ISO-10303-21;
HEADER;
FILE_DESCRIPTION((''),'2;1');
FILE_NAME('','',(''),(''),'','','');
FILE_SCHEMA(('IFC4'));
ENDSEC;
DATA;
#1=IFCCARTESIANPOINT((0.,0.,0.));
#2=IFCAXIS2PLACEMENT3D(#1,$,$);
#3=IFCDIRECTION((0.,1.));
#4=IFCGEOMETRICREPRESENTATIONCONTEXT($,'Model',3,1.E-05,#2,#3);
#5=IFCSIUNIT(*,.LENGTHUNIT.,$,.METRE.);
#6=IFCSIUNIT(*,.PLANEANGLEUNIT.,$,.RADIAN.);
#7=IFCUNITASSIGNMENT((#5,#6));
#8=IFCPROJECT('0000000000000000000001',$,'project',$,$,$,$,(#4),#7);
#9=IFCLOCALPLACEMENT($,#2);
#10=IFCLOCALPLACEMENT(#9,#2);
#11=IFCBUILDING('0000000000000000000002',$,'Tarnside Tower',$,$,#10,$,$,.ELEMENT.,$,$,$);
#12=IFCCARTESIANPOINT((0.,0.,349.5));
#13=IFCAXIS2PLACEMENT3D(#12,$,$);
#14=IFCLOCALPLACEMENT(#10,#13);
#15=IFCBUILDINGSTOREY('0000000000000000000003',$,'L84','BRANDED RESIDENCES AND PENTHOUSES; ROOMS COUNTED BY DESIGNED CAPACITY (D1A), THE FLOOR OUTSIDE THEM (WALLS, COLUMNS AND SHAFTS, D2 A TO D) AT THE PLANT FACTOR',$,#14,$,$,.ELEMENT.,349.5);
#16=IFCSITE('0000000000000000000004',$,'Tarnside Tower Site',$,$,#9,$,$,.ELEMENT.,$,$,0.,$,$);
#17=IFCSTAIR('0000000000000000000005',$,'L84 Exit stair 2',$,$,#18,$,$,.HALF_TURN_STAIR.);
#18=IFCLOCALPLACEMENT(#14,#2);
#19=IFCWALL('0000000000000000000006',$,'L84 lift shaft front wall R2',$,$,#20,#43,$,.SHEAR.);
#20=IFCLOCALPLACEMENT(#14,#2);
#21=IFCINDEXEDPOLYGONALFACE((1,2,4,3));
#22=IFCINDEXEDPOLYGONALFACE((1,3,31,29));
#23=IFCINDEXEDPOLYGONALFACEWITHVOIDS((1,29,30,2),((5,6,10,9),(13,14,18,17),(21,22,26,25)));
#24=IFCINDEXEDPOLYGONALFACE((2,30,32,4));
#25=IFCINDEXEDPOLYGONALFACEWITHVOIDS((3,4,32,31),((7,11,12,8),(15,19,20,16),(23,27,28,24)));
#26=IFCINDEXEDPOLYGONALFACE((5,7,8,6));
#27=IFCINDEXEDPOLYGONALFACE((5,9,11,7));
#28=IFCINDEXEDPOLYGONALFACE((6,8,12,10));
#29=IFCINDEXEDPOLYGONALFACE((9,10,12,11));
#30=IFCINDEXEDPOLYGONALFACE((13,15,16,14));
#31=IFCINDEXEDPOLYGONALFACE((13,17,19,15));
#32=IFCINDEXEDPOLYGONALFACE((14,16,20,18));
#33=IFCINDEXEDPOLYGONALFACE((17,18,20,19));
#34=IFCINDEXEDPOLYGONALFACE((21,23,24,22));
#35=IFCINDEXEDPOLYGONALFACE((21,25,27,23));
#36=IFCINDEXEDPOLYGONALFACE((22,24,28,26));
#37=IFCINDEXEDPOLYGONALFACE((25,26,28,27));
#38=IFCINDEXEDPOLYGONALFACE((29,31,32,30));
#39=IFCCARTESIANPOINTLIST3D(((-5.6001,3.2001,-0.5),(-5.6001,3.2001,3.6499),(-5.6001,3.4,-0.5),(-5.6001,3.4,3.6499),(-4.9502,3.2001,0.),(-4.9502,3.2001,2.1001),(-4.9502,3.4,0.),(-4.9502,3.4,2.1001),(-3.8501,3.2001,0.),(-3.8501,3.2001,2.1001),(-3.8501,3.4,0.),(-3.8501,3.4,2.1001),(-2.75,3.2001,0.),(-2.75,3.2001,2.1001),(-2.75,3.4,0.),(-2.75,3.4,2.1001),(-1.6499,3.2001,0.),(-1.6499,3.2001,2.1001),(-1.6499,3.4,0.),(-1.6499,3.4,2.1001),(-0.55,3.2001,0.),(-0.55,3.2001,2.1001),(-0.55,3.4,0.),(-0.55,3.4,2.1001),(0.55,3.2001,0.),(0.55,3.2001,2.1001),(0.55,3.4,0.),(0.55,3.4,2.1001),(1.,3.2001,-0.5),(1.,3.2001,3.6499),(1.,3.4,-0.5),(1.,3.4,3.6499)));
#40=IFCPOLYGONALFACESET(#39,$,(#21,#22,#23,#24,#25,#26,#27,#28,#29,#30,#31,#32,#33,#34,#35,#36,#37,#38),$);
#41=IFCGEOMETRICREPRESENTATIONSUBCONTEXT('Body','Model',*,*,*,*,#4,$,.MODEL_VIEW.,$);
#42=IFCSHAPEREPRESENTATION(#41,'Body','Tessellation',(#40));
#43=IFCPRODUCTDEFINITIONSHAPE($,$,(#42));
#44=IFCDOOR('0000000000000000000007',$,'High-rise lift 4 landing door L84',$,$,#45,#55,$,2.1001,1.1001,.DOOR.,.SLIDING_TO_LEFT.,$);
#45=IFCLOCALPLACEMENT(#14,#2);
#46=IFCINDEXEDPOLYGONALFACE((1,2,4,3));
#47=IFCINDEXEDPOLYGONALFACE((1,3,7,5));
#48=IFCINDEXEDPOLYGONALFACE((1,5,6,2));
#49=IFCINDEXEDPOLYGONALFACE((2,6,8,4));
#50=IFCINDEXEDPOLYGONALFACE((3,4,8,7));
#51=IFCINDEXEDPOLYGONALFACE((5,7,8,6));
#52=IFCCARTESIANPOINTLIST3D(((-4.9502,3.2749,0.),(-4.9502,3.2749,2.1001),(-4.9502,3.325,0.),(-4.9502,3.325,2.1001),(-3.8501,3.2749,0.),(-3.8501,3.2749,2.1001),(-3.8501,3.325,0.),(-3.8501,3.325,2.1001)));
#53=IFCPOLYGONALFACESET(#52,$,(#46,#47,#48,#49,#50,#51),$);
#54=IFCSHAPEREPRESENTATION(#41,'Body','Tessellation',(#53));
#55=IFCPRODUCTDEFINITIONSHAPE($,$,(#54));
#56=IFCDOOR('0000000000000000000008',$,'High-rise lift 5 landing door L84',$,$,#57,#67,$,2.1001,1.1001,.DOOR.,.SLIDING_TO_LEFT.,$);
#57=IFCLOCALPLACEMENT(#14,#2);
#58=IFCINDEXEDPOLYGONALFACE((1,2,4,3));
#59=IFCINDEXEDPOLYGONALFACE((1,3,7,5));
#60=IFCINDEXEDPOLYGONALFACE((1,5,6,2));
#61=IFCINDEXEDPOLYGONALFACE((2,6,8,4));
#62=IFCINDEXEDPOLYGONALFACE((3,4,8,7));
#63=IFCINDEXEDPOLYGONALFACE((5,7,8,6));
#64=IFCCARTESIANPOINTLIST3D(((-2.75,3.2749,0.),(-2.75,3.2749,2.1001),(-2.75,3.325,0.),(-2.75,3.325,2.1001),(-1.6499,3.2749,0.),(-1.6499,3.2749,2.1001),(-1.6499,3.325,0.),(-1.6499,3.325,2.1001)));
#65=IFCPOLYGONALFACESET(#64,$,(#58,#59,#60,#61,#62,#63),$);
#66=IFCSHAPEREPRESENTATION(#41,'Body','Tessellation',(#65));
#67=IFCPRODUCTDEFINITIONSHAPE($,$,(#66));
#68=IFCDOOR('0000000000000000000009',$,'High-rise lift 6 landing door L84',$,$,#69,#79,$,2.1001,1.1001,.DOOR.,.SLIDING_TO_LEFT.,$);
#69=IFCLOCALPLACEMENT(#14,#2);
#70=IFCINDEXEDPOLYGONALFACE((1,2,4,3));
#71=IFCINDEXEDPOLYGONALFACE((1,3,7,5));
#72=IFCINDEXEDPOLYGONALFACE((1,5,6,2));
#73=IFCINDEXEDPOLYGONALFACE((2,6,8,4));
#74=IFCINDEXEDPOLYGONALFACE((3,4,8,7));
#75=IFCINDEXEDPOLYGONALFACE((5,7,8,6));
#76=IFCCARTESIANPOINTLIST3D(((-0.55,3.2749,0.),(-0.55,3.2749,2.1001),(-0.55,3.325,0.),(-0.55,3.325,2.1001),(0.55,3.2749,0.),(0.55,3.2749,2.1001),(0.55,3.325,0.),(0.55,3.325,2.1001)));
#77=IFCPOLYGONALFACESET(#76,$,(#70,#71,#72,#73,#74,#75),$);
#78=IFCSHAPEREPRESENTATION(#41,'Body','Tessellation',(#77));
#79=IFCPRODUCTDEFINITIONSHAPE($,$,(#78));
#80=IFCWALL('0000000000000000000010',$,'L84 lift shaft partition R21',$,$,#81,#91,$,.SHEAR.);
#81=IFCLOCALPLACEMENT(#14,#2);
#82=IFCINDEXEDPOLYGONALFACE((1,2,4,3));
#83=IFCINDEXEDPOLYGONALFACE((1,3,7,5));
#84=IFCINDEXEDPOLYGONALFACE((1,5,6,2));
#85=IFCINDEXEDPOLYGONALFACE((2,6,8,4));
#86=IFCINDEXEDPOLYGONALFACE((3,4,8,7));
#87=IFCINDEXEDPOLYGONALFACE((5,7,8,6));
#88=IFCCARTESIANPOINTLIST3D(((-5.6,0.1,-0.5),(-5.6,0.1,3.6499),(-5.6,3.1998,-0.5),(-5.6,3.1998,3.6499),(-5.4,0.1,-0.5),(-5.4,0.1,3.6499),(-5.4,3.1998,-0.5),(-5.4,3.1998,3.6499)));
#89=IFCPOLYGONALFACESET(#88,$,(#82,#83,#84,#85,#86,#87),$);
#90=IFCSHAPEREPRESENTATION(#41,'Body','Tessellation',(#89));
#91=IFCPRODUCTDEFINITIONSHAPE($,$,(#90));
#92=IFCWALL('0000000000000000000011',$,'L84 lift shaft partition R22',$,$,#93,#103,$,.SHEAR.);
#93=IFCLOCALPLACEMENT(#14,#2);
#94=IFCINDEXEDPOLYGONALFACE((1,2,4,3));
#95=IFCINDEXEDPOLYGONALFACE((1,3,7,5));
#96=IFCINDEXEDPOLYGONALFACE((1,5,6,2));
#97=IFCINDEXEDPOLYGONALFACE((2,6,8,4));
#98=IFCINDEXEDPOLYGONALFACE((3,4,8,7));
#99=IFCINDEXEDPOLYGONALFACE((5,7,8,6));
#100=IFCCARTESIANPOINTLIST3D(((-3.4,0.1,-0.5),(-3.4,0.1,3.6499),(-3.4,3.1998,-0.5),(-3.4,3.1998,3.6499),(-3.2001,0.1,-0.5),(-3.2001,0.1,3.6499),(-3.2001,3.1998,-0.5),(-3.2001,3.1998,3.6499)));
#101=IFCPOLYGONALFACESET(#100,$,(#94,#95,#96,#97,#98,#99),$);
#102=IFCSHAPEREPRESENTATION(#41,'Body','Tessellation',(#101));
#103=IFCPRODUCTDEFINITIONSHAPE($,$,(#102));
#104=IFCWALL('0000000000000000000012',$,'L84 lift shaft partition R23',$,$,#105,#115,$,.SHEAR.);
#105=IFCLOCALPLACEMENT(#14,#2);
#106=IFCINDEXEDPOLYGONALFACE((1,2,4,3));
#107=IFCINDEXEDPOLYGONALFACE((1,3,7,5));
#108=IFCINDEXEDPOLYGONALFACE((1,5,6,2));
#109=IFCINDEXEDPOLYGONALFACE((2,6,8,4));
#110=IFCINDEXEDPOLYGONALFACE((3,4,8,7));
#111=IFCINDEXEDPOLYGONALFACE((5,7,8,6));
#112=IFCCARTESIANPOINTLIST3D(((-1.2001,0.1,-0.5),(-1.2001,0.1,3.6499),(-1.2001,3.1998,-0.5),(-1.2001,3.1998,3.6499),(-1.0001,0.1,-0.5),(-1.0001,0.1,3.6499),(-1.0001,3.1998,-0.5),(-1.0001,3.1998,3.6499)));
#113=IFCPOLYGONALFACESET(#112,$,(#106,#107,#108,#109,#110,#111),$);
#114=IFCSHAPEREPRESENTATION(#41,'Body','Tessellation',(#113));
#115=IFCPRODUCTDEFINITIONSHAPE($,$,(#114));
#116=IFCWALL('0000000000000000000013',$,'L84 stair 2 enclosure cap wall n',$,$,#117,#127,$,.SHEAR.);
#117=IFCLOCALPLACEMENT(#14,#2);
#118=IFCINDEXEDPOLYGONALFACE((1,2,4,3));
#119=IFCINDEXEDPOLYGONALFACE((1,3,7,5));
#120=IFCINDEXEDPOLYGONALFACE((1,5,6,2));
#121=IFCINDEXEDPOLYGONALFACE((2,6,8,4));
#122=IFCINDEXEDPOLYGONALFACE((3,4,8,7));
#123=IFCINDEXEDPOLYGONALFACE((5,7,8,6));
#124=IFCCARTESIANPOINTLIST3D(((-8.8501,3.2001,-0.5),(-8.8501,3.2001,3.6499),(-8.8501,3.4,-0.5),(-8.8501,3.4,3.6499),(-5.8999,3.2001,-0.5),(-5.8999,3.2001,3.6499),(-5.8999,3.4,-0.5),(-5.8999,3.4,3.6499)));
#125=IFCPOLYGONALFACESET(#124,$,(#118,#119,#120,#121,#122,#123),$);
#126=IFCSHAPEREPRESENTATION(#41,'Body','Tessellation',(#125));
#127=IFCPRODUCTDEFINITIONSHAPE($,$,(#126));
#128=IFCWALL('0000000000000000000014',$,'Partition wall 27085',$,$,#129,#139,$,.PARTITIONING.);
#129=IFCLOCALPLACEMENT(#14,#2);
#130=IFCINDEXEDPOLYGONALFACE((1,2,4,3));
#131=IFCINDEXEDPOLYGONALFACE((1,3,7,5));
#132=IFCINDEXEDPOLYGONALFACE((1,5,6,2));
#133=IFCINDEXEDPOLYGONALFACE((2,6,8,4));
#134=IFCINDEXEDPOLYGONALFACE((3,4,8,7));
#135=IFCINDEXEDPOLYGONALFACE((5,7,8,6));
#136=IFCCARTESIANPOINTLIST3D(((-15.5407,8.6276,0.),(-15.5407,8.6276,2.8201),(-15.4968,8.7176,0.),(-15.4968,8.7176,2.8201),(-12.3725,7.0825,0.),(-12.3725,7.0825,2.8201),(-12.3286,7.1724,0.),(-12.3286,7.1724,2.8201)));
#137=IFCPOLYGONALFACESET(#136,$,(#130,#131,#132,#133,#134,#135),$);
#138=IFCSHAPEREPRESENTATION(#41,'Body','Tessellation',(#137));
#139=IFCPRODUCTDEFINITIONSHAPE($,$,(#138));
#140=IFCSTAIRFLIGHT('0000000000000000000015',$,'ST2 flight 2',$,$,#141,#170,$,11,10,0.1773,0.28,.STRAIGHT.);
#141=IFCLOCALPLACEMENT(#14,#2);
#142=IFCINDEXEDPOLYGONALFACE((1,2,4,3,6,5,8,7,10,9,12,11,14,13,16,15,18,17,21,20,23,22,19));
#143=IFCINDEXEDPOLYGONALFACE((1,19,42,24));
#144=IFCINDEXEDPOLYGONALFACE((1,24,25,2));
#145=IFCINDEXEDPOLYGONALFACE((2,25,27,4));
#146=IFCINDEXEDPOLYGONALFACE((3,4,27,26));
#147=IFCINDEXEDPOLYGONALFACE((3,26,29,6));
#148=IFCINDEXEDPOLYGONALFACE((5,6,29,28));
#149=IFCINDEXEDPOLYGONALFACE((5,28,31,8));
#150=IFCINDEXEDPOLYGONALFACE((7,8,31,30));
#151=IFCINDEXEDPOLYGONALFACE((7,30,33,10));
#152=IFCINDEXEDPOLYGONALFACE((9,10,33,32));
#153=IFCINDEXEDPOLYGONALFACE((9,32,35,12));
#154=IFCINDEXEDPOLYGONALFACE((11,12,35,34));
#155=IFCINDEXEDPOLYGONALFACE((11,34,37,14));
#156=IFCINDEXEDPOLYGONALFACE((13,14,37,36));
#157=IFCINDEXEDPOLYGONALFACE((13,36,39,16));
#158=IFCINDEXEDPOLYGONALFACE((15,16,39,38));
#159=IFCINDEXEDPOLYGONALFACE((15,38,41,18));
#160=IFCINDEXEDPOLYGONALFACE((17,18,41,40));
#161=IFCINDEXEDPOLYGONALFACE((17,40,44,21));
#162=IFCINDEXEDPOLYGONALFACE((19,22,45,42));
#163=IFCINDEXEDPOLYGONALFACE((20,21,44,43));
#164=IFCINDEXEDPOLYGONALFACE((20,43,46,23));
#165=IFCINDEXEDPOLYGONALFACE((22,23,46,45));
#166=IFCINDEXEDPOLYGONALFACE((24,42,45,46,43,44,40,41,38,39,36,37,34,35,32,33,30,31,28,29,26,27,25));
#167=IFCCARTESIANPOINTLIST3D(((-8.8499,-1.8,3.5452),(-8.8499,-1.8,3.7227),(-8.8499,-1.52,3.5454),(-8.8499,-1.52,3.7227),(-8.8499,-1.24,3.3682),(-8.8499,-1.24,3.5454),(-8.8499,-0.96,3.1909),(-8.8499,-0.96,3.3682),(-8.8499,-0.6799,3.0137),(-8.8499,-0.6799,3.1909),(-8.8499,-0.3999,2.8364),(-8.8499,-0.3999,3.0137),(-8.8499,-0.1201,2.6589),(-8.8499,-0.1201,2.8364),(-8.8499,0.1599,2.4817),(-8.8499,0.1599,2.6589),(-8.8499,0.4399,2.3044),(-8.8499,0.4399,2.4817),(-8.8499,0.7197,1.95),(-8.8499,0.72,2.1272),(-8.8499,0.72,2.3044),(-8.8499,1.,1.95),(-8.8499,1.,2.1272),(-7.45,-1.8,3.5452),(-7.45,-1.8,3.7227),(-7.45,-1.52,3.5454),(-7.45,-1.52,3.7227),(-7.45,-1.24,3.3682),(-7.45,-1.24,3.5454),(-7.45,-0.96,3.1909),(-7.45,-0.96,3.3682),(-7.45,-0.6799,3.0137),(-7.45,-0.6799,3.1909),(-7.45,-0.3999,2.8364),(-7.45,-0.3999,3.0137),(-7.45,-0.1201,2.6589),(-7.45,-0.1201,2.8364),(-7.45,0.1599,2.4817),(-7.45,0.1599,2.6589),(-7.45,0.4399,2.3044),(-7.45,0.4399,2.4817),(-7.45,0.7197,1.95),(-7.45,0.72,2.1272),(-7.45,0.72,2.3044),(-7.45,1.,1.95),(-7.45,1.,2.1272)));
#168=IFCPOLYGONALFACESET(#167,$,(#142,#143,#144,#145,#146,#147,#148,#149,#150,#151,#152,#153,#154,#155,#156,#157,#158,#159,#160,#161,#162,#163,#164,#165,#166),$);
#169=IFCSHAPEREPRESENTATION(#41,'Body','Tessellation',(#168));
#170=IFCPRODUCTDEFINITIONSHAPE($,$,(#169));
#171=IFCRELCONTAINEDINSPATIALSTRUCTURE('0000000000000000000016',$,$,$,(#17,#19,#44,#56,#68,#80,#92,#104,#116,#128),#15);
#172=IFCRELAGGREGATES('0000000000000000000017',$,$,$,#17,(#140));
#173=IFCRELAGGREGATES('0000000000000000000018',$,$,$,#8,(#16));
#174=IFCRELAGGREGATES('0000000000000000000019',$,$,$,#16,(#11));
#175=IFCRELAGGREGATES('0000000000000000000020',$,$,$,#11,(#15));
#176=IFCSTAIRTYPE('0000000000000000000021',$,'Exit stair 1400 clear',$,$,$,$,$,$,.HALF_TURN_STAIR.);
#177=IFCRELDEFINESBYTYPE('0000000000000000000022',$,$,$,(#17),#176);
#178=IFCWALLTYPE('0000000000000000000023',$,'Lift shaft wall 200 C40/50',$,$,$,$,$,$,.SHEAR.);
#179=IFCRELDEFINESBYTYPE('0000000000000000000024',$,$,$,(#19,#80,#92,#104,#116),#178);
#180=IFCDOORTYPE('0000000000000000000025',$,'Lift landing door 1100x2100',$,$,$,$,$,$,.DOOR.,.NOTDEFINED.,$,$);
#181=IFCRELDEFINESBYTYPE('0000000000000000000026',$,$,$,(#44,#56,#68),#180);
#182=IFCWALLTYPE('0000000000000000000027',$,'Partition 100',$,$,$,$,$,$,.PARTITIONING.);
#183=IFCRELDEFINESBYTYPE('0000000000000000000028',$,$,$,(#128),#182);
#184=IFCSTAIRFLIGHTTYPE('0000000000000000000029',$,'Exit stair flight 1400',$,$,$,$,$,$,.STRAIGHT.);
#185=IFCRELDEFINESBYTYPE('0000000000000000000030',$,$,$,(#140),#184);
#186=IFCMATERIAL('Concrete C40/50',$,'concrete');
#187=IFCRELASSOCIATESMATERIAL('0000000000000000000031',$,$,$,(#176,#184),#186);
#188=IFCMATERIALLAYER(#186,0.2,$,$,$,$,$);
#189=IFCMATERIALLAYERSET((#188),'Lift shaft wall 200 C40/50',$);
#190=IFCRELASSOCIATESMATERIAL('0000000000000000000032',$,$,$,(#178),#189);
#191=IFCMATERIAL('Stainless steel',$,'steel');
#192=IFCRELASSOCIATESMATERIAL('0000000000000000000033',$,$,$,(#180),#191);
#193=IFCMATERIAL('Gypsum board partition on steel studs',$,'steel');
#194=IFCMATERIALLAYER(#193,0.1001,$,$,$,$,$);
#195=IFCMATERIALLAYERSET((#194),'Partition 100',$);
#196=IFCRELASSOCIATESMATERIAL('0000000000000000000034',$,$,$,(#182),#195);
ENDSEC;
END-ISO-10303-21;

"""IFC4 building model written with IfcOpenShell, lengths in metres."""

from ifc_helpers import new_model, si_unit, direction, frame, frame_2d, origin, place, context, subcontext, project, spatial, polyline, rectangle, outline, extrude, material, layer, layer_set, type_object, element, fill, aggregate, save


model = new_model("IFC4")

# Units and contexts
model_context = context("Model", 3, precision=1e-05, world=origin(), true_north=direction((0.0, 1.0)))
body_context = subcontext(model_context, "Body", "Model", "MODEL_VIEW")
ifc_project = project(units=[si_unit("LENGTHUNIT", "METRE"), si_unit("PLANEANGLEUNIT", "RADIAN")], contexts=[model_context])

# Site, building, storey
site_placement = place(None, origin())
site = spatial("IfcSite", under=ifc_project, at=site_placement, Name="Tarnside Tower Site", CompositionType="ELEMENT", RefElevation=0.0)
building_placement = place(site_placement, origin())
building = spatial("IfcBuilding", under=site, at=building_placement, Name="Tarnside Tower", CompositionType="ELEMENT")
storey_placement = place(building_placement, frame((0.0, 0.0, 349.5)))
storey = spatial("IfcBuildingStorey", under=building, at=storey_placement, Name="L84", Description="BRANDED RESIDENCES AND PENTHOUSES; ROOMS COUNTED BY DESIGNED CAPACITY (D1A), THE FLOOR OUTSIDE THEM (WALLS, COLUMNS AND SHAFTS, D2 A TO D) AT THE PLANT FACTOR", CompositionType="ELEMENT", Elevation=349.5)

# Stair
ifc_material_1 = material(Name="Concrete C40/50", Category="concrete")
stair_type = type_object("IfcStairType", Name="Exit stair 1400 clear", PredefinedType="HALF_TURN_STAIR", material=ifc_material_1)
stair_1_placement = place(storey_placement, origin())
stair_1 = element("IfcStair", 1, at=stair_1_placement, inside=storey, type_object=stair_type, Name="L84 Exit stair 2", PredefinedType="HALF_TURN_STAIR")

# Shared definitions
ifc_material_2 = material(Name="Gypsum board partition on steel studs", Category="steel")

# Shared definitions
ifc_layer_1 = layer(ifc_material_1, 0.2)
ifc_layer_set_1 = layer_set([ifc_layer_1], Name="Lift shaft wall 200 C40/50")
wall_type_1 = type_object("IfcWallType", Name="Lift shaft wall 200 C40/50", PredefinedType="SHEAR", material=ifc_layer_set_1)
ifc_material_3 = material(Name="Stainless steel", Category="steel")
door_type_1 = type_object("IfcDoorType", Name="Lift landing door 1100x2100", OperationType="NOTDEFINED", PredefinedType="DOOR", material=ifc_material_3)

# Wall, openings, doors
wall_1_placement = place(storey_placement, frame((-5.6001, 3.3, -0.5), z_axis=(0.0, 0.0, 1.0), x_axis=(1.0, 0.0, 0.0)))
wall_1 = element("IfcWall", 2, at=wall_1_placement, inside=storey, type_object=wall_type_1, Name="L84 lift shaft front wall R2", PredefinedType="SHEAR", context=body_context, shape_type="SweptSolid", body=[
    extrude(rectangle(XDim=6.6001, YDim=0.2, at=frame_2d((3.3, 0.0))), origin(), (0.0, 0.0, 1.0), 4.1499),
])
opening_1_placement = place(wall_1_placement, frame((0.6499, 0.0, 0.5)))
opening_1 = element("IfcOpeningElement", 3, at=opening_1_placement, cuts=wall_1, PredefinedType="OPENING", context=body_context, shape_type="SweptSolid", body=[
    extrude(rectangle(XDim=1.1001, YDim=2.1001, at=frame_2d((0.55, 1.05))), frame((0.0, 0.1099, 0.0), z_axis=(0.0, -1.0, 0.0), x_axis=(1.0, 0.0, 0.0)), (0.0, 0.0, 1.0), 0.22),
])
opening_2_placement = place(wall_1_placement, frame((2.8501, 0.0, 0.5)))
opening_2 = element("IfcOpeningElement", 4, at=opening_2_placement, cuts=wall_1, PredefinedType="OPENING", context=body_context, shape_type="SweptSolid", body=[
    extrude(rectangle(XDim=1.1001, YDim=2.1001, at=frame_2d((0.55, 1.05))), frame((0.0, 0.1099, 0.0), z_axis=(0.0, -1.0, 0.0), x_axis=(1.0, 0.0, 0.0)), (0.0, 0.0, 1.0), 0.22),
])
opening_3_placement = place(wall_1_placement, frame((5.05, 0.0, 0.5)))
opening_3 = element("IfcOpeningElement", 5, at=opening_3_placement, cuts=wall_1, PredefinedType="OPENING", context=body_context, shape_type="SweptSolid", body=[
    extrude(rectangle(XDim=1.1001, YDim=2.1001, at=frame_2d((0.55, 1.05))), frame((0.0, 0.1099, 0.0), z_axis=(0.0, -1.0, 0.0), x_axis=(1.0, 0.0, 0.0)), (0.0, 0.0, 1.0), 0.22),
])
door_1_placement = place(opening_1_placement, origin())
door_1 = element("IfcDoor", 6, at=door_1_placement, inside=storey, type_object=door_type_1, Name="High-rise lift 4 landing door L84", OperationType="SLIDING_TO_LEFT", OverallHeight=2.1001, OverallWidth=1.1001, PredefinedType="DOOR", context=body_context, shape_type="SweptSolid", body=[
    extrude(rectangle(XDim=1.1001, YDim=2.1001, at=frame_2d((0.55, 1.05))), frame((0.0, 0.0249, 0.0), z_axis=(0.0, -1.0, 0.0), x_axis=(1.0, 0.0, 0.0)), (0.0, 0.0, 1.0), 0.05),
])
fill(opening_1, door_1)
door_2_placement = place(opening_2_placement, origin())
door_2 = element("IfcDoor", 7, at=door_2_placement, inside=storey, type_object=door_type_1, Name="High-rise lift 5 landing door L84", OperationType="SLIDING_TO_LEFT", OverallHeight=2.1001, OverallWidth=1.1001, PredefinedType="DOOR", context=body_context, shape_type="SweptSolid", body=[
    extrude(rectangle(XDim=1.1001, YDim=2.1001, at=frame_2d((0.55, 1.05))), frame((0.0, 0.0249, 0.0), z_axis=(0.0, -1.0, 0.0), x_axis=(1.0, 0.0, 0.0)), (0.0, 0.0, 1.0), 0.05),
])
fill(opening_2, door_2)
door_3_placement = place(opening_3_placement, origin())
door_3 = element("IfcDoor", 8, at=door_3_placement, inside=storey, type_object=door_type_1, Name="High-rise lift 6 landing door L84", OperationType="SLIDING_TO_LEFT", OverallHeight=2.1001, OverallWidth=1.1001, PredefinedType="DOOR", context=body_context, shape_type="SweptSolid", body=[
    extrude(rectangle(XDim=1.1001, YDim=2.1001, at=frame_2d((0.55, 1.05))), frame((0.0, 0.0249, 0.0), z_axis=(0.0, -1.0, 0.0), x_axis=(1.0, 0.0, 0.0)), (0.0, 0.0, 1.0), 0.05),
])
fill(opening_3, door_3)

# Walls
for number, where, z_axis, x_axis, name in (
    (9, (-5.5, 0.1001, -0.5), (0.0, 0.0, 1.0), (0.0, 1.0, 0.0), "L84 lift shaft partition R21"),
    (10, (-3.3, 0.1001, -0.5), (0.0, 0.0, 1.0), (0.0, 1.0, 0.0), "L84 lift shaft partition R22"),
    (11, (-1.1001, 0.1001, -0.5), (0.0, 0.0, 1.0), (0.0, 1.0, 0.0), "L84 lift shaft partition R23"),
):
    element("IfcWall", number, at=place(storey_placement, frame(where, z_axis=z_axis, x_axis=x_axis)), inside=storey, type_object=wall_type_1, Name=name, PredefinedType="SHEAR", context=body_context, shape_type="SweptSolid", body=[
        extrude(rectangle(XDim=3.0999, YDim=0.2, at=frame_2d((1.5498, 0.0))), origin(), (0.0, 0.0, 1.0), 4.1499),
    ])
wall_2_placement = place(storey_placement, frame((-8.8501, 3.3, -0.5), z_axis=(0.0, 0.0, 1.0), x_axis=(1.0, 0.0, 0.0)))
element("IfcWall", 12, at=wall_2_placement, inside=storey, type_object=wall_type_1, Name="L84 stair 2 enclosure cap wall n", PredefinedType="SHEAR", context=body_context, shape_type="SweptSolid", body=[
    extrude(rectangle(XDim=2.9502, YDim=0.2, at=frame_2d((1.4751, 0.0))), origin(), (0.0, 0.0, 1.0), 4.1499),
])
ifc_layer_2 = layer(ifc_material_2, 0.1001)
ifc_layer_set_2 = layer_set([ifc_layer_2], Name="Partition 100")
wall_type_2 = type_object("IfcWallType", Name="Partition 100", PredefinedType="PARTITIONING", material=ifc_layer_set_2)
wall_3_placement = place(storey_placement, frame((-12.3506, 7.1274, 0.0), z_axis=(0.0, 0.0, 1.0), x_axis=(-0.898802, 0.438354, 0.0)))
element("IfcWall", 13, at=wall_3_placement, inside=storey, type_object=wall_type_2, Name="Partition wall 27085", PredefinedType="PARTITIONING", context=body_context, shape_type="SweptSolid", body=[
    extrude(rectangle(XDim=3.5249, YDim=0.1001, at=frame_2d((1.7625, 0.0))), origin(), (0.0, 0.0, 1.0), 2.8201),
])

# Stair flight
stair_flight_type = type_object("IfcStairFlightType", Name="Exit stair flight 1400", PredefinedType="STRAIGHT", material=ifc_material_1)
stair_flight_placement = place(storey_placement, frame((-8.1499, 1.0, 1.95), z_axis=(0.0, 0.0, 1.0), x_axis=(0.0, -1.0, 0.0)))
stair_flight = element("IfcStairFlight", 14, at=stair_flight_placement, type_object=stair_flight_type, Name="ST2 flight 2", NumberOfRisers=11, NumberOfTreads=10, PredefinedType="STRAIGHT", RiserHeight=0.1773, TreadLength=0.28, context=body_context, shape_type="SweptSolid", body=[
    extrude(outline(polyline([(0.0, 0.0), (0.0, 0.1772), (0.28, 0.1772), (0.28, 0.3545), (0.5601, 0.3545), (0.5601, 0.5317), (0.8401, 0.5317), (0.8401, 0.709), (1.1201, 0.709), (1.1201, 0.8865), (1.3999, 0.8865), (1.3999, 1.0637), (1.6799, 1.0637), (1.6799, 1.241), (1.96, 1.241), (1.96, 1.4182), (2.24, 1.4182), (2.24, 1.5955), (2.52, 1.5955), (2.52, 1.7727), (2.8, 1.7727), (2.8, 1.95), (2.8, 1.5952), (0.2803, 0.0), (0.0, 0.0)])), frame((0.0, 0.7, 0.0), z_axis=(0.0, -1.0, 0.0), x_axis=(1.0, 0.0, 0.0)), (0.0, 0.0, 1.0), 1.3999),
])
aggregate(stair_1, [stair_flight])

save(model, "model.ifc")
